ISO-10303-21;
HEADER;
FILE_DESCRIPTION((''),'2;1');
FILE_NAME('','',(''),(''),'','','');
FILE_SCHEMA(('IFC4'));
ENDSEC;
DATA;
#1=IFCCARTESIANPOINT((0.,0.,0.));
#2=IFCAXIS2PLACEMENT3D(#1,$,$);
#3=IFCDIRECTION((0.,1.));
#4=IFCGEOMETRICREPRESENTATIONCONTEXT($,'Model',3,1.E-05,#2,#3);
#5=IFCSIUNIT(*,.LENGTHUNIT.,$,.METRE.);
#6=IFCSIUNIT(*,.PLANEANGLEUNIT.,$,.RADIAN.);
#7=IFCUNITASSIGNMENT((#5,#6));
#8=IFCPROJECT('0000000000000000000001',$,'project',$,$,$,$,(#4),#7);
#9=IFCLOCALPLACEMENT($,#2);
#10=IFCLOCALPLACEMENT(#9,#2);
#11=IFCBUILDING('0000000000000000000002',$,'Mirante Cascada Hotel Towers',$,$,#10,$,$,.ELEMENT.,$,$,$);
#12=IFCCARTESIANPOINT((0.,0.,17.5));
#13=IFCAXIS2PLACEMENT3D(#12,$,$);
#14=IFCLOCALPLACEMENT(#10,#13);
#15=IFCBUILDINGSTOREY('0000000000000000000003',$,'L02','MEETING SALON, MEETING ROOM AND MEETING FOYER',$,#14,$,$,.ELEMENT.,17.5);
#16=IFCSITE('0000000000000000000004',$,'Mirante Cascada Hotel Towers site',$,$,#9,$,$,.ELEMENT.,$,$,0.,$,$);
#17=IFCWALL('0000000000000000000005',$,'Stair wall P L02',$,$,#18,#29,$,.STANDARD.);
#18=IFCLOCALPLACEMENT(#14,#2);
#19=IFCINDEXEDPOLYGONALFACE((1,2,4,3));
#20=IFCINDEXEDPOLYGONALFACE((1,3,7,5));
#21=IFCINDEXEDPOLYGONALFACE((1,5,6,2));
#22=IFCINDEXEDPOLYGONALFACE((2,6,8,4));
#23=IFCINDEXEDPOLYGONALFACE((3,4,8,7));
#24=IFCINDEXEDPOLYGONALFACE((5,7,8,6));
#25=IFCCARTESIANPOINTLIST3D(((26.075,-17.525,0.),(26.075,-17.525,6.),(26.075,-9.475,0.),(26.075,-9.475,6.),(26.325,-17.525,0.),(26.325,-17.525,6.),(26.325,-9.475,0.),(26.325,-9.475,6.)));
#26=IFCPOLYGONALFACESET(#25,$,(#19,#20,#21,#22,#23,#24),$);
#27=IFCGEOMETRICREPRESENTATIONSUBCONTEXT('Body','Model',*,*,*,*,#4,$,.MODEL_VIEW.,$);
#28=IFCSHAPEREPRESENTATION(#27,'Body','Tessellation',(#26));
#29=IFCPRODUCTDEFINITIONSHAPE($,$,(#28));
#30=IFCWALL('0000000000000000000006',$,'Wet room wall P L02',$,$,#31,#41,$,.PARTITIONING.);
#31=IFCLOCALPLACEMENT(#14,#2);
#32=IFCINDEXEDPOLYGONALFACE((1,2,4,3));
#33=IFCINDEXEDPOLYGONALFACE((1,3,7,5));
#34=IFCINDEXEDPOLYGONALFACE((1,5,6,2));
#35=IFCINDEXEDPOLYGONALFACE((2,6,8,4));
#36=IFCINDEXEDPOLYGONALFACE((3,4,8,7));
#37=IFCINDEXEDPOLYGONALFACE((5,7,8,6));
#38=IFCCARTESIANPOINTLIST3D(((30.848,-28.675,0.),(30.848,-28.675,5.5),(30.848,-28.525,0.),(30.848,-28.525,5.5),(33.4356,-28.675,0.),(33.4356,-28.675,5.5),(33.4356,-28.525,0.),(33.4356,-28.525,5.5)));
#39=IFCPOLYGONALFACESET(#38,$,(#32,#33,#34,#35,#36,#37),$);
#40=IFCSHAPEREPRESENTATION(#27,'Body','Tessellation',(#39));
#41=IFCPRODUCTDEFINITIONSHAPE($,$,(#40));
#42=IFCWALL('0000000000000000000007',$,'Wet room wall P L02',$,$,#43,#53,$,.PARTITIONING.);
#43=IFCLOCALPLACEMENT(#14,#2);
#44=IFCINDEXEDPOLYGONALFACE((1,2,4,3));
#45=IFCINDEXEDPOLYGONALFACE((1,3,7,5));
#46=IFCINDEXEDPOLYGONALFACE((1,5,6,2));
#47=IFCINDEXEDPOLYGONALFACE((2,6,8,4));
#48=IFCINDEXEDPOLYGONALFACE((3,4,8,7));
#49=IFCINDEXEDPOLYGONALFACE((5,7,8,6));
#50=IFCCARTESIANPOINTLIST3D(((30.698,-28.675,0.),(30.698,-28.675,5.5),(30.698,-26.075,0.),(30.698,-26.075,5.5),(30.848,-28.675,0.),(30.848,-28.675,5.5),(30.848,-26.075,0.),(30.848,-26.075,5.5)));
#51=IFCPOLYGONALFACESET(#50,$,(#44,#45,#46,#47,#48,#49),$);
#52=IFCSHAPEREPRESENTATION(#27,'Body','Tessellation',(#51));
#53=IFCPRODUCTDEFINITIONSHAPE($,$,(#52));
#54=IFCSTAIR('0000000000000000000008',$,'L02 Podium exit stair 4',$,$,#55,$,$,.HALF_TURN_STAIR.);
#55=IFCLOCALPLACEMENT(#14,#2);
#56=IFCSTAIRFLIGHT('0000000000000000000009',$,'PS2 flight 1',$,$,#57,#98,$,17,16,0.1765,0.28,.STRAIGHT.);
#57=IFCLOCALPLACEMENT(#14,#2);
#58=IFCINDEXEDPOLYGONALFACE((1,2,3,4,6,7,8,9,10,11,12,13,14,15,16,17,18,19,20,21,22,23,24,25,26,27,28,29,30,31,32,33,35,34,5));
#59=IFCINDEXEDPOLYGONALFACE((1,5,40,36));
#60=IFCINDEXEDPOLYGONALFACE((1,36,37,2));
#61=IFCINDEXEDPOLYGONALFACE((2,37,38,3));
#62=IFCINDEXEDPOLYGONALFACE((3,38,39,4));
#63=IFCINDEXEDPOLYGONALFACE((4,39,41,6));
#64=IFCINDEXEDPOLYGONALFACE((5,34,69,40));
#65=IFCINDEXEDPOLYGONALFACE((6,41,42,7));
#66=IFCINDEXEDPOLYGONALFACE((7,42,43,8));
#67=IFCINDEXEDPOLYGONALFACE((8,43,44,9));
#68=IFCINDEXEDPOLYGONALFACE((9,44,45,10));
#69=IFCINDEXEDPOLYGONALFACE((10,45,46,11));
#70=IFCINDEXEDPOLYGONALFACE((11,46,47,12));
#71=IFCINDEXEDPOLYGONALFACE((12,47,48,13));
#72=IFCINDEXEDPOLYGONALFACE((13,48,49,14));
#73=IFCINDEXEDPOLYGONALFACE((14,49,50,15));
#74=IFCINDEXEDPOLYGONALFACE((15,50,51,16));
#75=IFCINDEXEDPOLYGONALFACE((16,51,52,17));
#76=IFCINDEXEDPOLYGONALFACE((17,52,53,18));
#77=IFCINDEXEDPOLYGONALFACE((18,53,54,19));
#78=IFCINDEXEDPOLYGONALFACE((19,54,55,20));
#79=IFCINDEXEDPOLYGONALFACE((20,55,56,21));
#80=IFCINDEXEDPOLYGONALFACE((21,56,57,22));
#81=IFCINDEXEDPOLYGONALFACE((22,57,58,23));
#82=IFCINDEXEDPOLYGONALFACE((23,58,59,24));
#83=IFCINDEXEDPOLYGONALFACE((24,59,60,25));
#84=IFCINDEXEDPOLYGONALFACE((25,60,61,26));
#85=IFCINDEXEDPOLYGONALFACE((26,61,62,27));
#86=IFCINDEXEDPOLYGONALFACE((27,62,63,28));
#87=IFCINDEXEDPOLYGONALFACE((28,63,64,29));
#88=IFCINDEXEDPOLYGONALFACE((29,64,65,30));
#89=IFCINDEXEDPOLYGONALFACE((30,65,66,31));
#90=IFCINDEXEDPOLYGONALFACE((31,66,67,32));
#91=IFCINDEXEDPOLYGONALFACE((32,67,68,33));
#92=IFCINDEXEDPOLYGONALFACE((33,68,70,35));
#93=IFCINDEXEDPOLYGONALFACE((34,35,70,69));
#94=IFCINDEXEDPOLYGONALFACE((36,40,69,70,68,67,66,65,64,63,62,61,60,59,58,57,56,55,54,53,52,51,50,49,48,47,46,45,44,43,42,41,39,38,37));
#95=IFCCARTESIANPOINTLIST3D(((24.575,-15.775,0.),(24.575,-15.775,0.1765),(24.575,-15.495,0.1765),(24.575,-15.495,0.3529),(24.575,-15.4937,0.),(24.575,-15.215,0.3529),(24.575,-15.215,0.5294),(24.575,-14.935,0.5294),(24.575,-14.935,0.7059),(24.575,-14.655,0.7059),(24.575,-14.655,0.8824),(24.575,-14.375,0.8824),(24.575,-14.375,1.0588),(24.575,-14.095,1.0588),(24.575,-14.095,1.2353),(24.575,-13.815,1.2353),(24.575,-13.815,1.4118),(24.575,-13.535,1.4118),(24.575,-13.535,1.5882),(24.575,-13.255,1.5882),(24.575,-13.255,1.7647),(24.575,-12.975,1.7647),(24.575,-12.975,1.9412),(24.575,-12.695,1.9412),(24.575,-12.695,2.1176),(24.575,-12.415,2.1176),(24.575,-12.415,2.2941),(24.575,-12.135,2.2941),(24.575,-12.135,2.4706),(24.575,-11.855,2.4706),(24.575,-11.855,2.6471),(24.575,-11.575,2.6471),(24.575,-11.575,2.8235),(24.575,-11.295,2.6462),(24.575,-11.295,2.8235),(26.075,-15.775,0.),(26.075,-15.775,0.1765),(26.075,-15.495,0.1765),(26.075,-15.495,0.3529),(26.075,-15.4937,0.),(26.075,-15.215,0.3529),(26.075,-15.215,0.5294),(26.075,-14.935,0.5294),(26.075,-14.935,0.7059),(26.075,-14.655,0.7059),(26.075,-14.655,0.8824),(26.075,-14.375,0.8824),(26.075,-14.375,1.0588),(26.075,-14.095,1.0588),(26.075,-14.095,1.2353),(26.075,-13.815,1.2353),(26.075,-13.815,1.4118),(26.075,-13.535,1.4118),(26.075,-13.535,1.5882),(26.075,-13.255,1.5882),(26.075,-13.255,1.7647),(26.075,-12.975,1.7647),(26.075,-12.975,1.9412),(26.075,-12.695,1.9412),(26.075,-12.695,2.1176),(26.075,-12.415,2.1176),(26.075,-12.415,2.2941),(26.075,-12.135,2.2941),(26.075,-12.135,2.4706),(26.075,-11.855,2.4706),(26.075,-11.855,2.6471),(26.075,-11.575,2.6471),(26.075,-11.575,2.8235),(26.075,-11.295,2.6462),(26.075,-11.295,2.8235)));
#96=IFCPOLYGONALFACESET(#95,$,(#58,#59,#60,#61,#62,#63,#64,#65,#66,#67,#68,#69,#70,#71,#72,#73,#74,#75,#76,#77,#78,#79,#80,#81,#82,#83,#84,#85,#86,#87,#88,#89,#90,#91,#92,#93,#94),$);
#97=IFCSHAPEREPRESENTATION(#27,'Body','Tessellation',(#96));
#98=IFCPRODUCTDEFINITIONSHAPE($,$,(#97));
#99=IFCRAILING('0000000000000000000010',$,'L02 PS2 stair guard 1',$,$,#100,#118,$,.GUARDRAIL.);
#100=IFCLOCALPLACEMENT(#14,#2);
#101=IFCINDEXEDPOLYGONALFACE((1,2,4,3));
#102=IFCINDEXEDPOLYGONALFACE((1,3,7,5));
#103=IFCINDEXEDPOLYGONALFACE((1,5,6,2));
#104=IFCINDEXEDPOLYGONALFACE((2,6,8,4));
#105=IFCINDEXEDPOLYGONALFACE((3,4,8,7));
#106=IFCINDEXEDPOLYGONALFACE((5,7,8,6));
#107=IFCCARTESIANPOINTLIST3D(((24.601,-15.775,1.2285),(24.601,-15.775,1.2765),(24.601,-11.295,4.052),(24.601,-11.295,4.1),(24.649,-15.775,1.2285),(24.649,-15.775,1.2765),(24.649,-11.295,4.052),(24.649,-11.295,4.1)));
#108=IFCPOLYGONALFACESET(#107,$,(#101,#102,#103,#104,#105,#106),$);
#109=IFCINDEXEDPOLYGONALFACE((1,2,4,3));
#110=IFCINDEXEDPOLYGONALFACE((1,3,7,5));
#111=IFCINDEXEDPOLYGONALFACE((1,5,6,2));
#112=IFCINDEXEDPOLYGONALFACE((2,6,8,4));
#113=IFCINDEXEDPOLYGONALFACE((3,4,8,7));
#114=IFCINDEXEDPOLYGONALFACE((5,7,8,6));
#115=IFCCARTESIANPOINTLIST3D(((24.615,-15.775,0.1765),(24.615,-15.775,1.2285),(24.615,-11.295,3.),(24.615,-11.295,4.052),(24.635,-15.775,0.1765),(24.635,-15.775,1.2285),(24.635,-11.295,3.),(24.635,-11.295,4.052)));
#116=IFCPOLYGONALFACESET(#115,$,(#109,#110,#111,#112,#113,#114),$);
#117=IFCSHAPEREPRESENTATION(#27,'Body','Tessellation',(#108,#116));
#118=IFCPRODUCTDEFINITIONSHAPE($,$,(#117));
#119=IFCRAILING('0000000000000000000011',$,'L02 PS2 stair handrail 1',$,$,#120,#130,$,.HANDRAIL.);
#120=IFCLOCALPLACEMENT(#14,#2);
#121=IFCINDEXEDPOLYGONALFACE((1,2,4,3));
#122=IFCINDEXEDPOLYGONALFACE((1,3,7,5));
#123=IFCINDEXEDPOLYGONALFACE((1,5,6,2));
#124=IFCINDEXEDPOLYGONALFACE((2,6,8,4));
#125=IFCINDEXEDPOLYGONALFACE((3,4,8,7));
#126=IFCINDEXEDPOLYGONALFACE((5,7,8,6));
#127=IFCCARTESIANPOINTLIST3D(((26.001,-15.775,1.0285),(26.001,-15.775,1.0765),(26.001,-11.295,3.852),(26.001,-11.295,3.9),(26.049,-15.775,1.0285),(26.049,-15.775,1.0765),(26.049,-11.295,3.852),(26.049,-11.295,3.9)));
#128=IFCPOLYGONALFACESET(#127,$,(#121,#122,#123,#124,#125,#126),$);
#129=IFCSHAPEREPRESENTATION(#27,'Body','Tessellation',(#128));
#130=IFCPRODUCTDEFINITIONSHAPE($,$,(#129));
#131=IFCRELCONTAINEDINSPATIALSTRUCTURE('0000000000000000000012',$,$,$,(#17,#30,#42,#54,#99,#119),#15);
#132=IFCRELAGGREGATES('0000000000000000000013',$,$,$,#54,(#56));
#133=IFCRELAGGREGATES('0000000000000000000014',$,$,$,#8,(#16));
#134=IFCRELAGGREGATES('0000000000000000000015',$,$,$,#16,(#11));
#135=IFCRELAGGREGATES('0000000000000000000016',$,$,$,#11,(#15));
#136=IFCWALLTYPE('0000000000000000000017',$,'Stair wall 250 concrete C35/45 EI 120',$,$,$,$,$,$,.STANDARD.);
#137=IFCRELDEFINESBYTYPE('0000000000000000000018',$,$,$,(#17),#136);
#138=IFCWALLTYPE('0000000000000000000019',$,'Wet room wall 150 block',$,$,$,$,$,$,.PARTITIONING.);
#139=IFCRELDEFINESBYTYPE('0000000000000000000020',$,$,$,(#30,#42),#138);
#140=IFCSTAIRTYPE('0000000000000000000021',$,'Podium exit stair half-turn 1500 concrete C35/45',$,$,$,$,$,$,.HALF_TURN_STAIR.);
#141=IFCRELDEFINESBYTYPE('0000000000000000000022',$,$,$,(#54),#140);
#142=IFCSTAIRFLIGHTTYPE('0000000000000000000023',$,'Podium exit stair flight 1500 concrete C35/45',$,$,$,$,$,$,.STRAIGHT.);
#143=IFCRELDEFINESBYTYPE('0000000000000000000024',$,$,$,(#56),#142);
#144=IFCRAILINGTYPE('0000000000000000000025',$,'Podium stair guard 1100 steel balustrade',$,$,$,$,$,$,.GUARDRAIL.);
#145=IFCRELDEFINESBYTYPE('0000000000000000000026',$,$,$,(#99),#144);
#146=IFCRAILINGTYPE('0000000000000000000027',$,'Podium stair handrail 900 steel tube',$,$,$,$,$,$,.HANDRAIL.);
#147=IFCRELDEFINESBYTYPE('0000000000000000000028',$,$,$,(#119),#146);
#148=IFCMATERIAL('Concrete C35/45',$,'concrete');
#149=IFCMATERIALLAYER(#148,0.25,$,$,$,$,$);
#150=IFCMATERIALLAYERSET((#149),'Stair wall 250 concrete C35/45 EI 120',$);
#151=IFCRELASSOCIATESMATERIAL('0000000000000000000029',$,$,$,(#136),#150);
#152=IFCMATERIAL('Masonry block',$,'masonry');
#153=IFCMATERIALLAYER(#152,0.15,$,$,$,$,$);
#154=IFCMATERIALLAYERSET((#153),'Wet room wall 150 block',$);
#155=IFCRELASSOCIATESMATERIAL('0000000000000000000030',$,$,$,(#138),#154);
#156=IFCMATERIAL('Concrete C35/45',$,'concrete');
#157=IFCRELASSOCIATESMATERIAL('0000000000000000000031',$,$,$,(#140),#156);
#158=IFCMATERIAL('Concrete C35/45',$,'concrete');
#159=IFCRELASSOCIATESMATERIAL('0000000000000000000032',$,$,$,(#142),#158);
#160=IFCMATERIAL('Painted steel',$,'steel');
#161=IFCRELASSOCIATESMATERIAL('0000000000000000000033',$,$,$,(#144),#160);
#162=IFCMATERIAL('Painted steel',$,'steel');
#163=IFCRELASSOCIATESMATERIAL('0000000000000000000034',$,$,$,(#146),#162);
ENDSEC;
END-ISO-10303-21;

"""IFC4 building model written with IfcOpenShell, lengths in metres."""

from ifc_helpers import new_model, si_unit, direction, frame, frame_2d, origin, origin_2d, place, context, subcontext, project, spatial, polyline, rectangle, outline, extrude, material, layer, layer_set, type_object, element, aggregate, save


model = new_model("IFC4")

# Units and contexts
model_context = context("Model", 3, precision=1e-05, world=origin(), true_north=direction((0.0, 1.0)))
body_context = subcontext(model_context, "Body", "Model", "MODEL_VIEW")
ifc_project = project(units=[si_unit("LENGTHUNIT", "METRE"), si_unit("PLANEANGLEUNIT", "RADIAN")], contexts=[model_context])

# Site, building, storey
site_placement = place(None, origin())
site = spatial("IfcSite", under=ifc_project, at=site_placement, Name="Mirante Cascada Hotel Towers site", CompositionType="ELEMENT", RefElevation=0.0)
building_placement = place(site_placement, origin())
building = spatial("IfcBuilding", under=site, at=building_placement, Name="Mirante Cascada Hotel Towers", CompositionType="ELEMENT")
storey_placement = place(building_placement, frame((0.0, 0.0, 17.5)))
storey = spatial("IfcBuildingStorey", under=building, at=storey_placement, Name="L02", Description="MEETING SALON, MEETING ROOM AND MEETING FOYER", CompositionType="ELEMENT", Elevation=17.5)

# Walls
ifc_material_1 = material(Name="Concrete C35/45", Category="concrete")
ifc_layer_1 = layer(ifc_material_1, 0.25)
ifc_layer_set_1 = layer_set([ifc_layer_1], Name="Stair wall 250 concrete C35/45 EI 120")
wall_type_1 = type_object("IfcWallType", Name="Stair wall 250 concrete C35/45 EI 120", PredefinedType="STANDARD", material=ifc_layer_set_1)
wall_1_placement = place(storey_placement, frame((26.2, -17.525, 0.0), z_axis=(0.0, 0.0, 1.0), x_axis=(0.0, 1.0, 0.0)))
element("IfcWall", 1, at=wall_1_placement, inside=storey, type_object=wall_type_1, Name="Stair wall P L02", PredefinedType="STANDARD", context=body_context, shape_type="SweptSolid", body=[
    extrude(rectangle(XDim=8.05, YDim=0.25, at=frame_2d((4.025, 0.0))), origin(), (0.0, 0.0, 1.0), 6.0),
])
ifc_material_2 = material(Name="Masonry block", Category="masonry")
ifc_layer_2 = layer(ifc_material_2, 0.15)
ifc_layer_set_2 = layer_set([ifc_layer_2], Name="Wet room wall 150 block")
wall_type_2 = type_object("IfcWallType", Name="Wet room wall 150 block", PredefinedType="PARTITIONING", material=ifc_layer_set_2)
wall_2_placement = place(storey_placement, frame((30.848, -28.6, 0.0), z_axis=(0.0, 0.0, 1.0), x_axis=(1.0, 0.0, 0.0)))
element("IfcWall", 2, at=wall_2_placement, inside=storey, type_object=wall_type_2, Name="Wet room wall P L02", PredefinedType="PARTITIONING", context=body_context, shape_type="SweptSolid", body=[
    extrude(rectangle(XDim=2.5875, YDim=0.15, at=frame_2d((1.2938, 0.0))), origin(), (0.0, 0.0, 1.0), 5.5),
])
wall_3_placement = place(storey_placement, frame((30.773, -28.675, 0.0), z_axis=(0.0, 0.0, 1.0), x_axis=(0.0, 1.0, 0.0)))
element("IfcWall", 3, at=wall_3_placement, inside=storey, type_object=wall_type_2, Name="Wet room wall P L02", PredefinedType="PARTITIONING", context=body_context, shape_type="SweptSolid", body=[
    extrude(rectangle(XDim=2.6, YDim=0.15, at=frame_2d((1.3, 0.0))), origin(), (0.0, 0.0, 1.0), 5.5),
])

# Stair, stair flight
ifc_material_3 = material(Name="Concrete C35/45", Category="concrete")
stair_type = type_object("IfcStairType", Name="Podium exit stair half-turn 1500 concrete C35/45", PredefinedType="HALF_TURN_STAIR", material=ifc_material_3)
stair_placement = place(storey_placement, origin())
stair = element("IfcStair", 4, at=stair_placement, inside=storey, type_object=stair_type, Name="L02 Podium exit stair 4", PredefinedType="HALF_TURN_STAIR")
ifc_material_4 = material(Name="Concrete C35/45", Category="concrete")
stair_flight_type = type_object("IfcStairFlightType", Name="Podium exit stair flight 1500 concrete C35/45", PredefinedType="STRAIGHT", material=ifc_material_4)
stair_flight_placement = place(storey_placement, frame((25.325, -15.775, 0.0), z_axis=(0.0, 0.0, 1.0), x_axis=(0.0, 1.0, 0.0)))
stair_flight = element("IfcStairFlight", 5, at=stair_flight_placement, type_object=stair_flight_type, Name="PS2 flight 1", NumberOfRisers=17, NumberOfTreads=16, PredefinedType="STRAIGHT", RiserHeight=0.1765, TreadLength=0.28, context=body_context, shape_type="SweptSolid", body=[
    extrude(outline(polyline([(0.0, 0.0), (0.0, 0.1765), (0.28, 0.1765), (0.28, 0.3529), (0.56, 0.3529), (0.56, 0.5294), (0.84, 0.5294), (0.84, 0.7059), (1.12, 0.7059), (1.12, 0.8824), (1.4, 0.8824), (1.4, 1.0588), (1.68, 1.0588), (1.68, 1.2353), (1.96, 1.2353), (1.96, 1.4118), (2.24, 1.4118), (2.24, 1.5882), (2.52, 1.5882), (2.52, 1.7647), (2.8, 1.7647), (2.8, 1.9412), (3.08, 1.9412), (3.08, 2.1176), (3.36, 2.1176), (3.36, 2.2941), (3.64, 2.2941), (3.64, 2.4706), (3.92, 2.4706), (3.92, 2.6471), (4.2, 2.6471), (4.2, 2.8235), (4.48, 2.8235), (4.48, 3.0), (4.48, 2.6462), (0.2813, 0.0), (0.0, 0.0)])), frame((0.0, 0.75, 0.0), z_axis=(0.0, -1.0, 0.0), x_axis=(1.0, 0.0, 0.0)), (0.0, 0.0, 1.0), 1.5),
])
aggregate(stair, [stair_flight])

# Railings
ifc_material_5 = material(Name="Painted steel", Category="steel")
railing_type_1 = type_object("IfcRailingType", Name="Podium stair guard 1100 steel balustrade", PredefinedType="GUARDRAIL", material=ifc_material_5)
railing_1_placement = place(storey_placement, frame((24.625, -15.775, 0.1765)))
element("IfcRailing", 6, at=railing_1_placement, inside=storey, type_object=railing_type_1, Name="L02 PS2 stair guard 1", PredefinedType="GUARDRAIL", context=body_context, shape_type="SweptSolid", body=[
    extrude(rectangle(XDim=0.048, YDim=0.048, at=origin_2d()), frame((0.0, 0.0, 1.076), z_axis=(0.0, 1.0, 0.0), x_axis=(-1.0, 0.0, 0.0)), (0.0, 0.533186, 0.845998), 5.2955),
    extrude(rectangle(XDim=0.02, YDim=1.052, at=origin_2d()), frame((0.0, 0.0, 0.526), z_axis=(0.0, 1.0, 0.0), x_axis=(-1.0, 0.0, 0.0)), (0.0, 0.533186, 0.845998), 5.2955),
])
ifc_material_6 = material(Name="Painted steel", Category="steel")
railing_type_2 = type_object("IfcRailingType", Name="Podium stair handrail 900 steel tube", PredefinedType="HANDRAIL", material=ifc_material_6)
railing_2_placement = place(storey_placement, frame((26.025, -15.775, 0.1765)))
element("IfcRailing", 7, at=railing_2_placement, inside=storey, type_object=railing_type_2, Name="L02 PS2 stair handrail 1", PredefinedType="HANDRAIL", context=body_context, shape_type="SweptSolid", body=[
    extrude(rectangle(XDim=0.048, YDim=0.048, at=origin_2d()), frame((0.0, 0.0, 0.876), z_axis=(0.0, 1.0, 0.0), x_axis=(-1.0, 0.0, 0.0)), (0.0, 0.533186, 0.845998), 5.2955),
])

save(model, "model.ifc")
